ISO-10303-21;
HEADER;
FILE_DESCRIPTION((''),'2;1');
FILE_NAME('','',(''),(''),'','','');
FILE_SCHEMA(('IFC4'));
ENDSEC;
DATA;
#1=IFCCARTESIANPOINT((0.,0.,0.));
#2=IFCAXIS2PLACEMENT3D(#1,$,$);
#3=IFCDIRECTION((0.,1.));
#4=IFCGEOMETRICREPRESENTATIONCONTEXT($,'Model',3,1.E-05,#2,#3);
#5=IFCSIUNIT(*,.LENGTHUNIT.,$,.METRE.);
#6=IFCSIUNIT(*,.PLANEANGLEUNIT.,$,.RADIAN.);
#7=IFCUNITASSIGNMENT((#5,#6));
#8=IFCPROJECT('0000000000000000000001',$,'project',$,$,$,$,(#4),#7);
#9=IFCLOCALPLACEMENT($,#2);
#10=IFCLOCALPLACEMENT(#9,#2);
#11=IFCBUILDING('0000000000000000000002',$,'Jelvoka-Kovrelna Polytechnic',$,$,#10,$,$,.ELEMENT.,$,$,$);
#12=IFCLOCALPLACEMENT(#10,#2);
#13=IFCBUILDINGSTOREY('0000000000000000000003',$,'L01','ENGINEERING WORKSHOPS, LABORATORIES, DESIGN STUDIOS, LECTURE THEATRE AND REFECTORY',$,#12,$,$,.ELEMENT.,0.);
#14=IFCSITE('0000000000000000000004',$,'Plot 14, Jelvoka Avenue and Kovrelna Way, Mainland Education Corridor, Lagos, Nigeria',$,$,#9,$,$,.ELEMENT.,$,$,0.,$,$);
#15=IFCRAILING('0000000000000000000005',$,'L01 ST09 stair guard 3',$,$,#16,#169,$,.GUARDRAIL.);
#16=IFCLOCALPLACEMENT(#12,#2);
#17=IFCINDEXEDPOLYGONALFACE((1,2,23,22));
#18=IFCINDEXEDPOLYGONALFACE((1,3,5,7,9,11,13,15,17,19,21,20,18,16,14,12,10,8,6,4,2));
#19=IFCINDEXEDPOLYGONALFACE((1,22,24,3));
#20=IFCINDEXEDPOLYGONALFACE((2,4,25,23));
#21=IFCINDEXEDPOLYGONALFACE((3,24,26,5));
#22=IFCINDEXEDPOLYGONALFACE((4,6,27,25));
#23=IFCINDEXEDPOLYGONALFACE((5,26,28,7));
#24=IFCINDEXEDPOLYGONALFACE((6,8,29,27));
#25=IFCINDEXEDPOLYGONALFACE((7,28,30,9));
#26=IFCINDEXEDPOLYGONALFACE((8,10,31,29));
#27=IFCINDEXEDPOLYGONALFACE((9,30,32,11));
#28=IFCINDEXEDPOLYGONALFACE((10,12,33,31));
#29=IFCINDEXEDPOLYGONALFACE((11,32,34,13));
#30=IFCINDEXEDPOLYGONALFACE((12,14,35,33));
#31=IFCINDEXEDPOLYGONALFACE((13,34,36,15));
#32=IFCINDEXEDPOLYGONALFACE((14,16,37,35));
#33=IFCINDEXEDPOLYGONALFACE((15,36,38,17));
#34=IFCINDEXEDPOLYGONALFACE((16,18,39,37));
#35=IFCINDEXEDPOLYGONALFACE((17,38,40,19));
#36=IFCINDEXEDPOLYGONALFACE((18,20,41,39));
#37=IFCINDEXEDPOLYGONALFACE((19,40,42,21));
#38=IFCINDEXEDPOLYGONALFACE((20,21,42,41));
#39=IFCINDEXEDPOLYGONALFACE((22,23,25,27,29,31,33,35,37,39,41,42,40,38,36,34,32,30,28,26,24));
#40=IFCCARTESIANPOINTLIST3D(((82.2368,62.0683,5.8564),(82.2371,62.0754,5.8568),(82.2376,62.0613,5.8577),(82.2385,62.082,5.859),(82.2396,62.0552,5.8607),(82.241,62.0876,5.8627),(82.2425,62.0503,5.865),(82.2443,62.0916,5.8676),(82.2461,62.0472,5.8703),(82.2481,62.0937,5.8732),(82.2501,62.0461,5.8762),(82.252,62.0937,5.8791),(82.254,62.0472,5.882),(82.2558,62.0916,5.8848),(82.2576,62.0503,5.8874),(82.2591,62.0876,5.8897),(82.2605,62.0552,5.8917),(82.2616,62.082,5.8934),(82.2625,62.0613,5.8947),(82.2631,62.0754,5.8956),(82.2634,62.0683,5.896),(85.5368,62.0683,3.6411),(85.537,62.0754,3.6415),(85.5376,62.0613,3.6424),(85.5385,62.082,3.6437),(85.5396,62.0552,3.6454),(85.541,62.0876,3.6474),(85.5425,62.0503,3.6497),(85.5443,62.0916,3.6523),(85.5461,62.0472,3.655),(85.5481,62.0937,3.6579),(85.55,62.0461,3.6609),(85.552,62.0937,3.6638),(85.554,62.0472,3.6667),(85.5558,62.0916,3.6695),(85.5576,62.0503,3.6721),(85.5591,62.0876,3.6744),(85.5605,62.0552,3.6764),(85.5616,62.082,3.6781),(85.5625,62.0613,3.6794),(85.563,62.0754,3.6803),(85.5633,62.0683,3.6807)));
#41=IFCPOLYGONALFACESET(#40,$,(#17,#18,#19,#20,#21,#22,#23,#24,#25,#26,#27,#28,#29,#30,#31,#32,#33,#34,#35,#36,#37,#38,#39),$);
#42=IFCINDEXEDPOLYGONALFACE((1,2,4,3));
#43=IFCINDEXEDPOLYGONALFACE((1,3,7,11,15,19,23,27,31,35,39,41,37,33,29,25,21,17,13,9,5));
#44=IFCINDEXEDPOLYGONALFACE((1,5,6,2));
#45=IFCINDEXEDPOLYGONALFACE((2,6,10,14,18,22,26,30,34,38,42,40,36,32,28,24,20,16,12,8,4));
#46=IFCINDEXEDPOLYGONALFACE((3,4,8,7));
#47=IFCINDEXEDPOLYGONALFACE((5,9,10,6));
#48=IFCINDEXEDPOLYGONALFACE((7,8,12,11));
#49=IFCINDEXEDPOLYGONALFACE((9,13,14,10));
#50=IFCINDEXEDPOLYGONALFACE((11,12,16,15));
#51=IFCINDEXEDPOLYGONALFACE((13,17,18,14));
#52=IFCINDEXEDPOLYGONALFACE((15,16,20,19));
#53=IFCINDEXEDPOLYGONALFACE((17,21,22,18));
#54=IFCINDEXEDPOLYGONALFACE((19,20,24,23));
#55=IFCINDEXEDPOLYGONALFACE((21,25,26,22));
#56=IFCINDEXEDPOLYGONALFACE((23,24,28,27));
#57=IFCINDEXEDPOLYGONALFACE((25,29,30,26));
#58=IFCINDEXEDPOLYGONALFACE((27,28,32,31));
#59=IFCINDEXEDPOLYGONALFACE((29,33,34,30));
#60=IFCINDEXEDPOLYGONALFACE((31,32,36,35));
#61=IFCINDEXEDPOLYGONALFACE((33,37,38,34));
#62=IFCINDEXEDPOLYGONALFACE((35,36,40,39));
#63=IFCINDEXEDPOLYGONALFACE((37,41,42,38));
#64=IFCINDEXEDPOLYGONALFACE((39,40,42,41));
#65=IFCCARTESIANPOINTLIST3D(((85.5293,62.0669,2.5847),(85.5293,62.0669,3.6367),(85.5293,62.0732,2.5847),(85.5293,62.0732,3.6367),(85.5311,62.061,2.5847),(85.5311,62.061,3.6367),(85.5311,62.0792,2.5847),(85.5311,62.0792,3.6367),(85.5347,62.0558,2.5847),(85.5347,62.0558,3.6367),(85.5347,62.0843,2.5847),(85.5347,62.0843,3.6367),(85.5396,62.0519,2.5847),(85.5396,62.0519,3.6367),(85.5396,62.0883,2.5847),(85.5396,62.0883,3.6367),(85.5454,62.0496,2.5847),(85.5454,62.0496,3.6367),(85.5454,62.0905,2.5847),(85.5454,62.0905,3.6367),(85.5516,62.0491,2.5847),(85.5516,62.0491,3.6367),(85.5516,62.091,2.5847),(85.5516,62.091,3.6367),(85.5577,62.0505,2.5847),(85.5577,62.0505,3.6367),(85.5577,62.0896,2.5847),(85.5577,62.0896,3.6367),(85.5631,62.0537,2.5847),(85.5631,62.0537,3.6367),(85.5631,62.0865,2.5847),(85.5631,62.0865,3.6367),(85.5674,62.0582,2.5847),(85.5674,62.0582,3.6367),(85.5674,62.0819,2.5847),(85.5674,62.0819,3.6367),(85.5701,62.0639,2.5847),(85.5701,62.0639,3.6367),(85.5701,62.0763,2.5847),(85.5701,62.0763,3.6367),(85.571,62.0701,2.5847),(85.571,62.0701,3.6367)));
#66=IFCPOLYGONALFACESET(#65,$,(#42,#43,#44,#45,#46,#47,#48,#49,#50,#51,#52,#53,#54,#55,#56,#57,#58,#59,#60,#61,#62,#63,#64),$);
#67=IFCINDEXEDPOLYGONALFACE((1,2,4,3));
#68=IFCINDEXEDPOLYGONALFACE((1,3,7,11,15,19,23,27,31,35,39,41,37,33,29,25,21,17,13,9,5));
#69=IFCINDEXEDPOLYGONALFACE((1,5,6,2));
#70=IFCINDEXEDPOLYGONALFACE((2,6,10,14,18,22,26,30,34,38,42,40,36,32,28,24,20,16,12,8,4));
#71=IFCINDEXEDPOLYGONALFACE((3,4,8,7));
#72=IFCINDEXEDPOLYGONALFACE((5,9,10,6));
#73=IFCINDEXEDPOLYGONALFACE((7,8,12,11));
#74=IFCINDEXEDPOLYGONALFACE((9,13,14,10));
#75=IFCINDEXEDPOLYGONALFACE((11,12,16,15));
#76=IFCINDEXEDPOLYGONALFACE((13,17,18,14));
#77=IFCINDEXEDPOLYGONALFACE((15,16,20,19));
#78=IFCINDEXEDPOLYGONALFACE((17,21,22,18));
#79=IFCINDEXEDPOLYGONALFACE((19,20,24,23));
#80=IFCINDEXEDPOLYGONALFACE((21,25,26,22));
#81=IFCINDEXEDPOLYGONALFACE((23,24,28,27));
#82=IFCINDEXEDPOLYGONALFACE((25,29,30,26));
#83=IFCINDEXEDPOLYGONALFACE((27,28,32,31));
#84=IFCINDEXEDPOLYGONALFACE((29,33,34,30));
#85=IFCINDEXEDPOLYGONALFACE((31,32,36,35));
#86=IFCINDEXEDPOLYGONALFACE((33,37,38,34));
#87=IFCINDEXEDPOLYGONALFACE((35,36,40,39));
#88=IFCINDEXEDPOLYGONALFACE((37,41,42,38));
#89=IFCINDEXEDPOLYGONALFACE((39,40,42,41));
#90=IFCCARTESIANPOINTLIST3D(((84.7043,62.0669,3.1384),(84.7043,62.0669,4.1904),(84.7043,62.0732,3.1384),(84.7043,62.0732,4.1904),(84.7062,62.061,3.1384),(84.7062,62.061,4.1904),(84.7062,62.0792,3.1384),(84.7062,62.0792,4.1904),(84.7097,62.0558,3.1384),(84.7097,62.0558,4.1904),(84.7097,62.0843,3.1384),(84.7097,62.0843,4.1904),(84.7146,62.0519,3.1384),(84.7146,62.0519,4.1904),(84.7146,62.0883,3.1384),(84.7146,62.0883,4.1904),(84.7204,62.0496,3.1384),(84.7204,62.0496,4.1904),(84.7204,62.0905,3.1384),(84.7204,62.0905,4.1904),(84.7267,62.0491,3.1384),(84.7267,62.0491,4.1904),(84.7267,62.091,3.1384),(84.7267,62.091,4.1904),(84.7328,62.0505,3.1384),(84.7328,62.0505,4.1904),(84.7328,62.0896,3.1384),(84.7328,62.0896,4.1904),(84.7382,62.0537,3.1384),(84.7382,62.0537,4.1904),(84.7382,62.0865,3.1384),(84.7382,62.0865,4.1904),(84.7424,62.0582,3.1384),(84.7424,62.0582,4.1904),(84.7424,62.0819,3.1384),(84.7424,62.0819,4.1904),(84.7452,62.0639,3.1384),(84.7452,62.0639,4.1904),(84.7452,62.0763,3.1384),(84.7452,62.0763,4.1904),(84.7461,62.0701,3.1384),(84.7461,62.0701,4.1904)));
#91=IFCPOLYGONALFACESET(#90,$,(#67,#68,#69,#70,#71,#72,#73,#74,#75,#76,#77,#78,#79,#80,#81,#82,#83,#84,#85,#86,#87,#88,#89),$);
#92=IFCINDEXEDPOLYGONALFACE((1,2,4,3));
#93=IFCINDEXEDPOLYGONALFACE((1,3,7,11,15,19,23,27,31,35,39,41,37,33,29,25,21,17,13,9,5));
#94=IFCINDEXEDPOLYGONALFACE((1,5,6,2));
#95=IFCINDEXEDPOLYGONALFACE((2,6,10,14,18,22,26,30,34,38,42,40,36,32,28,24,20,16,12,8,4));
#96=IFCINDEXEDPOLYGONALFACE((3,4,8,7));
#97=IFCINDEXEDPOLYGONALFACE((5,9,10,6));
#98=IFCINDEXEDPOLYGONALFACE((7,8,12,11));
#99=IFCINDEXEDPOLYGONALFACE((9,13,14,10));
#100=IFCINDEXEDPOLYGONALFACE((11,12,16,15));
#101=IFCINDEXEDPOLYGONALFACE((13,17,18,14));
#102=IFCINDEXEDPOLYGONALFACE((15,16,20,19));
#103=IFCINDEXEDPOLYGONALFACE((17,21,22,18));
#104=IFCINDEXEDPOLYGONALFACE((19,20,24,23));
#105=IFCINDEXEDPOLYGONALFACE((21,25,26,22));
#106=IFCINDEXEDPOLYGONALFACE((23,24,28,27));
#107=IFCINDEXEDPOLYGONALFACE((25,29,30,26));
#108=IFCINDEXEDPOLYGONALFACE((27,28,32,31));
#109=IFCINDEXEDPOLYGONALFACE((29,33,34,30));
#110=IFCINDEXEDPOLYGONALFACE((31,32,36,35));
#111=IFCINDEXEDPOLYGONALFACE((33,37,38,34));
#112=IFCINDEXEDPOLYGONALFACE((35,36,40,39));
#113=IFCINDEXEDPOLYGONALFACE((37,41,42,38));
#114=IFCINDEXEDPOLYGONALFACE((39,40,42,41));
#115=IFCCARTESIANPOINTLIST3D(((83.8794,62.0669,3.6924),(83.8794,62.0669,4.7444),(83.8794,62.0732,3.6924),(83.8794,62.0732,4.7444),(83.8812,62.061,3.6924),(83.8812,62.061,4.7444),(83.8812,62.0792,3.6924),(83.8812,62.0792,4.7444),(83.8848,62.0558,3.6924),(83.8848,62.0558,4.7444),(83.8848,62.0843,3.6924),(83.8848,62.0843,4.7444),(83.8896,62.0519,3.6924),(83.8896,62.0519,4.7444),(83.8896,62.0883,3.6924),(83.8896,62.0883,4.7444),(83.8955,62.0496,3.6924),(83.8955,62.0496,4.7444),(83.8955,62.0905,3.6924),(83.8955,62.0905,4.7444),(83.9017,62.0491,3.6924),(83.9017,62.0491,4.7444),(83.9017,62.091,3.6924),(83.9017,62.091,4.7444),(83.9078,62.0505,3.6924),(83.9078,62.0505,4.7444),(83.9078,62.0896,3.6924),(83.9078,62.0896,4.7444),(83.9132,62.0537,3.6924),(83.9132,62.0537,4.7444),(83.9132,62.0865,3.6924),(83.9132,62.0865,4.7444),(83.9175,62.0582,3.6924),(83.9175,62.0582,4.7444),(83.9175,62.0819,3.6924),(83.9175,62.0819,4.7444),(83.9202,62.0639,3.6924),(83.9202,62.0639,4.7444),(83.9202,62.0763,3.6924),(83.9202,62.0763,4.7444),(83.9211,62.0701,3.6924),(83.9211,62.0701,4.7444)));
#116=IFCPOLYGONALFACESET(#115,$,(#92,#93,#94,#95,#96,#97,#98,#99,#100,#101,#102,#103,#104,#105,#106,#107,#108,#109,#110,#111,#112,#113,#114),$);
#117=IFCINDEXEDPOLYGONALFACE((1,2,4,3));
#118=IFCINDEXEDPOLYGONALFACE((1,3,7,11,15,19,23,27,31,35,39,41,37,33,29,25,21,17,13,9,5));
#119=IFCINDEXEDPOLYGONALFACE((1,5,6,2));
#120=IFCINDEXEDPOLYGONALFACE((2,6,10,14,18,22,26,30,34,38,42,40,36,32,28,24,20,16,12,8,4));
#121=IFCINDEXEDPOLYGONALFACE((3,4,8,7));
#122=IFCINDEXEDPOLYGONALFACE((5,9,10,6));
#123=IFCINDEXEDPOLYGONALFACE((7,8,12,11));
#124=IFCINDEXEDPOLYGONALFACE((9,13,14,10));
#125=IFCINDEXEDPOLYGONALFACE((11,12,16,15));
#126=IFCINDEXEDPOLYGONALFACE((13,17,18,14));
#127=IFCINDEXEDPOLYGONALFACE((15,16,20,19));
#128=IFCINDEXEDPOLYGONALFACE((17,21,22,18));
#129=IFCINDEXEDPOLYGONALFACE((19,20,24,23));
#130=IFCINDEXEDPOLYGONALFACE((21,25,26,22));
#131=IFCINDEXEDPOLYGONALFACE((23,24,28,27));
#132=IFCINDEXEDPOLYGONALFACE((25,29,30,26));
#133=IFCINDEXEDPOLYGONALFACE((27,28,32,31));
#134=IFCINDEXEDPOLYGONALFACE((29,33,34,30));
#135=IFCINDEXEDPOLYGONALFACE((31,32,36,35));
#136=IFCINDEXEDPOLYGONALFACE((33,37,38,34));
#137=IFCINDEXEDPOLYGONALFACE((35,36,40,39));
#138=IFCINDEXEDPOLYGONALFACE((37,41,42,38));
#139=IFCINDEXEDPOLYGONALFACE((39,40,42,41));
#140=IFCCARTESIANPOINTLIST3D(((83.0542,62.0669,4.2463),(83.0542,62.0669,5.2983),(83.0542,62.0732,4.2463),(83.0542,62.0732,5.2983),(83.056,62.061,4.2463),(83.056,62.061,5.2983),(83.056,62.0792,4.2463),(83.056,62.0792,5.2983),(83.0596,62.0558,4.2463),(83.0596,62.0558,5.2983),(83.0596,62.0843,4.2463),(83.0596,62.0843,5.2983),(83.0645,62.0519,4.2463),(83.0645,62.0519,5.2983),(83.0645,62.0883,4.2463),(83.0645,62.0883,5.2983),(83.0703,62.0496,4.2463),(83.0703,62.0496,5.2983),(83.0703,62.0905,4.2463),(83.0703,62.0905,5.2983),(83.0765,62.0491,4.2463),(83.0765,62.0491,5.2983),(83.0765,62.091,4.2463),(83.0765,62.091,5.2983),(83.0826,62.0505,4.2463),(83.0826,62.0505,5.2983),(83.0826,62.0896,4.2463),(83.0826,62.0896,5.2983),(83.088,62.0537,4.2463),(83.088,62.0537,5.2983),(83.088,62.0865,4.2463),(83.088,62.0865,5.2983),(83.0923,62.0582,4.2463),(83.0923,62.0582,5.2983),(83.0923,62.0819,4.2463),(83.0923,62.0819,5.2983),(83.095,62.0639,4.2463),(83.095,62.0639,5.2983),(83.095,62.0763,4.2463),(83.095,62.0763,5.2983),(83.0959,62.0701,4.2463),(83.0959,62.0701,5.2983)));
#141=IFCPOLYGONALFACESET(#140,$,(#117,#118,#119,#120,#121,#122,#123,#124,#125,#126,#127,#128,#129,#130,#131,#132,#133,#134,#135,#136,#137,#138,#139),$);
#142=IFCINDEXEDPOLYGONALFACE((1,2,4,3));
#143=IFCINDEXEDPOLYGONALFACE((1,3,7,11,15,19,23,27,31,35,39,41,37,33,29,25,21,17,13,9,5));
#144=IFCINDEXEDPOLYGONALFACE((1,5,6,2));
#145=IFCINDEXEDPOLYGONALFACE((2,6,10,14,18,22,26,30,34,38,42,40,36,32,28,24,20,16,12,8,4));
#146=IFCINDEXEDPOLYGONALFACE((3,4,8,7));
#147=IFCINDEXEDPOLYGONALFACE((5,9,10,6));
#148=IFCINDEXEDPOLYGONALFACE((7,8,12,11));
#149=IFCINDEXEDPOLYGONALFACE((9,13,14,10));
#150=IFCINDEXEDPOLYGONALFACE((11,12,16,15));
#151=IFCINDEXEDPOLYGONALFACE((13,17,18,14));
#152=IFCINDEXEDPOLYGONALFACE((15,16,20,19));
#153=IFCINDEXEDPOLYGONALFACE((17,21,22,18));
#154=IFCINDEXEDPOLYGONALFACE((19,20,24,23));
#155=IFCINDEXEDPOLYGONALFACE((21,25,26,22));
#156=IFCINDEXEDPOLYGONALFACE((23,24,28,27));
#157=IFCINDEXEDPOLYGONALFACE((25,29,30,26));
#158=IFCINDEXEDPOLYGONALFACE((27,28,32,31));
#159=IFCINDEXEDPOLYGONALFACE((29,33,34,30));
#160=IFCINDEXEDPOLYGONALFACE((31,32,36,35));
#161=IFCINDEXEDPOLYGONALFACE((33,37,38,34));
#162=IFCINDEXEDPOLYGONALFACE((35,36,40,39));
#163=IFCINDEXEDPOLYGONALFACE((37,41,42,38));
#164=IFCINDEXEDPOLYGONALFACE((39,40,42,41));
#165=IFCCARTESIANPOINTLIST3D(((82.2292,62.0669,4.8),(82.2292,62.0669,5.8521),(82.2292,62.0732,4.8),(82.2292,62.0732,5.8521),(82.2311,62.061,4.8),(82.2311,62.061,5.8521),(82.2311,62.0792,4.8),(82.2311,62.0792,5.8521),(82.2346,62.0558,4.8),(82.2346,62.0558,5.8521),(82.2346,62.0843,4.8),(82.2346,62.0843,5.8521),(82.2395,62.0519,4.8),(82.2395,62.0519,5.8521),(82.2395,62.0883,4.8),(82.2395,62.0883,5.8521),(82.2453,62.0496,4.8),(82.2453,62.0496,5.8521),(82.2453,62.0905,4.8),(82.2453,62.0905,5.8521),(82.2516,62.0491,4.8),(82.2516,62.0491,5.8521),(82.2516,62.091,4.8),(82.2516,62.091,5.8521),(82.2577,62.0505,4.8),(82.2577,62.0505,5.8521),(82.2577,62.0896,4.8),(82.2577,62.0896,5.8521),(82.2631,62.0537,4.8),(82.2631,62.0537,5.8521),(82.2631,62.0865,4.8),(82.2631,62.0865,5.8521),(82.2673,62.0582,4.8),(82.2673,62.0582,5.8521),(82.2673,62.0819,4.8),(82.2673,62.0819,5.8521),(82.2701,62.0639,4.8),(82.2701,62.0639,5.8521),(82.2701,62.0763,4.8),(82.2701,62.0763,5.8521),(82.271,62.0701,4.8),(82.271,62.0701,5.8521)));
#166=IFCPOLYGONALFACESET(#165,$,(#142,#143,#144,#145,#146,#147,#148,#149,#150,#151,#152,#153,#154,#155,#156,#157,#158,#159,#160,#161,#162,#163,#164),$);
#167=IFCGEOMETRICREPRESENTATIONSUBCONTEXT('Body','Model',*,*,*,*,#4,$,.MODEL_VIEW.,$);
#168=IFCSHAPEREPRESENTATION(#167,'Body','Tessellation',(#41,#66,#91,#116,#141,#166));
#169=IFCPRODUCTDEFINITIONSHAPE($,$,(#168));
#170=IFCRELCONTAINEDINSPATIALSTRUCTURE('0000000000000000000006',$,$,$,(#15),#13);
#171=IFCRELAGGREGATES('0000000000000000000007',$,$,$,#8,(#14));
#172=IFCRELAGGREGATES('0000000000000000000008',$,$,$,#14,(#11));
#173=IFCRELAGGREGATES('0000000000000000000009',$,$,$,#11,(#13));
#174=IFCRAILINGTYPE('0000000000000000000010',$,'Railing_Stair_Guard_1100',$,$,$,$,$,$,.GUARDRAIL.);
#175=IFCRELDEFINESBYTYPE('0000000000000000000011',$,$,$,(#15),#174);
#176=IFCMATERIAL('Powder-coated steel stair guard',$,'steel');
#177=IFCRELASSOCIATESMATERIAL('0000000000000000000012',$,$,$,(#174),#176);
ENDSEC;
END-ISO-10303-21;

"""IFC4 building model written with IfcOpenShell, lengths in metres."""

from ifc_helpers import new_model, si_unit, direction, frame, origin, origin_2d, place, context, subcontext, project, spatial, circle, extrude, material, type_object, element, save


model = new_model("IFC4")

# Units and contexts
model_context = context("Model", 3, precision=1e-05, world=origin(), true_north=direction((0.0, 1.0)))
body_context = subcontext(model_context, "Body", "Model", "MODEL_VIEW")
ifc_project = project(units=[si_unit("LENGTHUNIT", "METRE"), si_unit("PLANEANGLEUNIT", "RADIAN")], contexts=[model_context])

# Site, building, storey
site_placement = place(None, origin())
site = spatial("IfcSite", under=ifc_project, at=site_placement, Name="Plot 14, Jelvoka Avenue and Kovrelna Way, Mainland Education Corridor, Lagos, Nigeria", CompositionType="ELEMENT", RefElevation=0.0)
building_placement = place(site_placement, origin())
building = spatial("IfcBuilding", under=site, at=building_placement, Name="Jelvoka-Kovrelna Polytechnic", CompositionType="ELEMENT")
storey_placement = place(building_placement, origin())
storey = spatial("IfcBuildingStorey", under=building, at=storey_placement, Name="L01", Description="ENGINEERING WORKSHOPS, LABORATORIES, DESIGN STUDIOS, LECTURE THEATRE AND REFECTORY", CompositionType="ELEMENT", Elevation=0.0)

# Railing
ifc_material_1 = material(Name="Powder-coated steel stair guard", Category="steel")
railing_type_1 = type_object("IfcRailingType", Name="Railing_Stair_Guard_1100", PredefinedType="GUARDRAIL", material=ifc_material_1)
railing_1_placement = place(storey_placement, frame((85.55, 62.0701, 2.5847)))
element("IfcRailing", 1, at=railing_1_placement, inside=storey, type_object=railing_type_1, Name="L01 ST09 stair guard 3", PredefinedType="GUARDRAIL", context=body_context, shape_type="SweptSolid", body=[
    extrude(circle(Radius=0.0239, at=origin_2d()), frame((0.0, 0.0, 1.0762), z_axis=(-0.830269, 0.0, 0.557362), x_axis=(0.0, -1.0, 0.0)), (0.0, 0.0, 1.0), 3.9746),
    extrude(circle(Radius=0.021, at=origin_2d()), origin(), (0.0, 0.0, 1.0), 1.052),
    extrude(circle(Radius=0.021, at=origin_2d()), frame((-0.825, 0.0, 0.5537)), (0.0, 0.0, 1.0), 1.052),
    extrude(circle(Radius=0.021, at=origin_2d()), frame((-1.6499, 0.0, 1.1077)), (0.0, 0.0, 1.0), 1.052),
    extrude(circle(Radius=0.021, at=origin_2d()), frame((-2.4751, 0.0, 1.6616)), (0.0, 0.0, 1.0), 1.052),
    extrude(circle(Radius=0.021, at=origin_2d()), frame((-3.3, 0.0, 2.2153)), (0.0, 0.0, 1.0), 1.052),
])

save(model, "model.ifc")
